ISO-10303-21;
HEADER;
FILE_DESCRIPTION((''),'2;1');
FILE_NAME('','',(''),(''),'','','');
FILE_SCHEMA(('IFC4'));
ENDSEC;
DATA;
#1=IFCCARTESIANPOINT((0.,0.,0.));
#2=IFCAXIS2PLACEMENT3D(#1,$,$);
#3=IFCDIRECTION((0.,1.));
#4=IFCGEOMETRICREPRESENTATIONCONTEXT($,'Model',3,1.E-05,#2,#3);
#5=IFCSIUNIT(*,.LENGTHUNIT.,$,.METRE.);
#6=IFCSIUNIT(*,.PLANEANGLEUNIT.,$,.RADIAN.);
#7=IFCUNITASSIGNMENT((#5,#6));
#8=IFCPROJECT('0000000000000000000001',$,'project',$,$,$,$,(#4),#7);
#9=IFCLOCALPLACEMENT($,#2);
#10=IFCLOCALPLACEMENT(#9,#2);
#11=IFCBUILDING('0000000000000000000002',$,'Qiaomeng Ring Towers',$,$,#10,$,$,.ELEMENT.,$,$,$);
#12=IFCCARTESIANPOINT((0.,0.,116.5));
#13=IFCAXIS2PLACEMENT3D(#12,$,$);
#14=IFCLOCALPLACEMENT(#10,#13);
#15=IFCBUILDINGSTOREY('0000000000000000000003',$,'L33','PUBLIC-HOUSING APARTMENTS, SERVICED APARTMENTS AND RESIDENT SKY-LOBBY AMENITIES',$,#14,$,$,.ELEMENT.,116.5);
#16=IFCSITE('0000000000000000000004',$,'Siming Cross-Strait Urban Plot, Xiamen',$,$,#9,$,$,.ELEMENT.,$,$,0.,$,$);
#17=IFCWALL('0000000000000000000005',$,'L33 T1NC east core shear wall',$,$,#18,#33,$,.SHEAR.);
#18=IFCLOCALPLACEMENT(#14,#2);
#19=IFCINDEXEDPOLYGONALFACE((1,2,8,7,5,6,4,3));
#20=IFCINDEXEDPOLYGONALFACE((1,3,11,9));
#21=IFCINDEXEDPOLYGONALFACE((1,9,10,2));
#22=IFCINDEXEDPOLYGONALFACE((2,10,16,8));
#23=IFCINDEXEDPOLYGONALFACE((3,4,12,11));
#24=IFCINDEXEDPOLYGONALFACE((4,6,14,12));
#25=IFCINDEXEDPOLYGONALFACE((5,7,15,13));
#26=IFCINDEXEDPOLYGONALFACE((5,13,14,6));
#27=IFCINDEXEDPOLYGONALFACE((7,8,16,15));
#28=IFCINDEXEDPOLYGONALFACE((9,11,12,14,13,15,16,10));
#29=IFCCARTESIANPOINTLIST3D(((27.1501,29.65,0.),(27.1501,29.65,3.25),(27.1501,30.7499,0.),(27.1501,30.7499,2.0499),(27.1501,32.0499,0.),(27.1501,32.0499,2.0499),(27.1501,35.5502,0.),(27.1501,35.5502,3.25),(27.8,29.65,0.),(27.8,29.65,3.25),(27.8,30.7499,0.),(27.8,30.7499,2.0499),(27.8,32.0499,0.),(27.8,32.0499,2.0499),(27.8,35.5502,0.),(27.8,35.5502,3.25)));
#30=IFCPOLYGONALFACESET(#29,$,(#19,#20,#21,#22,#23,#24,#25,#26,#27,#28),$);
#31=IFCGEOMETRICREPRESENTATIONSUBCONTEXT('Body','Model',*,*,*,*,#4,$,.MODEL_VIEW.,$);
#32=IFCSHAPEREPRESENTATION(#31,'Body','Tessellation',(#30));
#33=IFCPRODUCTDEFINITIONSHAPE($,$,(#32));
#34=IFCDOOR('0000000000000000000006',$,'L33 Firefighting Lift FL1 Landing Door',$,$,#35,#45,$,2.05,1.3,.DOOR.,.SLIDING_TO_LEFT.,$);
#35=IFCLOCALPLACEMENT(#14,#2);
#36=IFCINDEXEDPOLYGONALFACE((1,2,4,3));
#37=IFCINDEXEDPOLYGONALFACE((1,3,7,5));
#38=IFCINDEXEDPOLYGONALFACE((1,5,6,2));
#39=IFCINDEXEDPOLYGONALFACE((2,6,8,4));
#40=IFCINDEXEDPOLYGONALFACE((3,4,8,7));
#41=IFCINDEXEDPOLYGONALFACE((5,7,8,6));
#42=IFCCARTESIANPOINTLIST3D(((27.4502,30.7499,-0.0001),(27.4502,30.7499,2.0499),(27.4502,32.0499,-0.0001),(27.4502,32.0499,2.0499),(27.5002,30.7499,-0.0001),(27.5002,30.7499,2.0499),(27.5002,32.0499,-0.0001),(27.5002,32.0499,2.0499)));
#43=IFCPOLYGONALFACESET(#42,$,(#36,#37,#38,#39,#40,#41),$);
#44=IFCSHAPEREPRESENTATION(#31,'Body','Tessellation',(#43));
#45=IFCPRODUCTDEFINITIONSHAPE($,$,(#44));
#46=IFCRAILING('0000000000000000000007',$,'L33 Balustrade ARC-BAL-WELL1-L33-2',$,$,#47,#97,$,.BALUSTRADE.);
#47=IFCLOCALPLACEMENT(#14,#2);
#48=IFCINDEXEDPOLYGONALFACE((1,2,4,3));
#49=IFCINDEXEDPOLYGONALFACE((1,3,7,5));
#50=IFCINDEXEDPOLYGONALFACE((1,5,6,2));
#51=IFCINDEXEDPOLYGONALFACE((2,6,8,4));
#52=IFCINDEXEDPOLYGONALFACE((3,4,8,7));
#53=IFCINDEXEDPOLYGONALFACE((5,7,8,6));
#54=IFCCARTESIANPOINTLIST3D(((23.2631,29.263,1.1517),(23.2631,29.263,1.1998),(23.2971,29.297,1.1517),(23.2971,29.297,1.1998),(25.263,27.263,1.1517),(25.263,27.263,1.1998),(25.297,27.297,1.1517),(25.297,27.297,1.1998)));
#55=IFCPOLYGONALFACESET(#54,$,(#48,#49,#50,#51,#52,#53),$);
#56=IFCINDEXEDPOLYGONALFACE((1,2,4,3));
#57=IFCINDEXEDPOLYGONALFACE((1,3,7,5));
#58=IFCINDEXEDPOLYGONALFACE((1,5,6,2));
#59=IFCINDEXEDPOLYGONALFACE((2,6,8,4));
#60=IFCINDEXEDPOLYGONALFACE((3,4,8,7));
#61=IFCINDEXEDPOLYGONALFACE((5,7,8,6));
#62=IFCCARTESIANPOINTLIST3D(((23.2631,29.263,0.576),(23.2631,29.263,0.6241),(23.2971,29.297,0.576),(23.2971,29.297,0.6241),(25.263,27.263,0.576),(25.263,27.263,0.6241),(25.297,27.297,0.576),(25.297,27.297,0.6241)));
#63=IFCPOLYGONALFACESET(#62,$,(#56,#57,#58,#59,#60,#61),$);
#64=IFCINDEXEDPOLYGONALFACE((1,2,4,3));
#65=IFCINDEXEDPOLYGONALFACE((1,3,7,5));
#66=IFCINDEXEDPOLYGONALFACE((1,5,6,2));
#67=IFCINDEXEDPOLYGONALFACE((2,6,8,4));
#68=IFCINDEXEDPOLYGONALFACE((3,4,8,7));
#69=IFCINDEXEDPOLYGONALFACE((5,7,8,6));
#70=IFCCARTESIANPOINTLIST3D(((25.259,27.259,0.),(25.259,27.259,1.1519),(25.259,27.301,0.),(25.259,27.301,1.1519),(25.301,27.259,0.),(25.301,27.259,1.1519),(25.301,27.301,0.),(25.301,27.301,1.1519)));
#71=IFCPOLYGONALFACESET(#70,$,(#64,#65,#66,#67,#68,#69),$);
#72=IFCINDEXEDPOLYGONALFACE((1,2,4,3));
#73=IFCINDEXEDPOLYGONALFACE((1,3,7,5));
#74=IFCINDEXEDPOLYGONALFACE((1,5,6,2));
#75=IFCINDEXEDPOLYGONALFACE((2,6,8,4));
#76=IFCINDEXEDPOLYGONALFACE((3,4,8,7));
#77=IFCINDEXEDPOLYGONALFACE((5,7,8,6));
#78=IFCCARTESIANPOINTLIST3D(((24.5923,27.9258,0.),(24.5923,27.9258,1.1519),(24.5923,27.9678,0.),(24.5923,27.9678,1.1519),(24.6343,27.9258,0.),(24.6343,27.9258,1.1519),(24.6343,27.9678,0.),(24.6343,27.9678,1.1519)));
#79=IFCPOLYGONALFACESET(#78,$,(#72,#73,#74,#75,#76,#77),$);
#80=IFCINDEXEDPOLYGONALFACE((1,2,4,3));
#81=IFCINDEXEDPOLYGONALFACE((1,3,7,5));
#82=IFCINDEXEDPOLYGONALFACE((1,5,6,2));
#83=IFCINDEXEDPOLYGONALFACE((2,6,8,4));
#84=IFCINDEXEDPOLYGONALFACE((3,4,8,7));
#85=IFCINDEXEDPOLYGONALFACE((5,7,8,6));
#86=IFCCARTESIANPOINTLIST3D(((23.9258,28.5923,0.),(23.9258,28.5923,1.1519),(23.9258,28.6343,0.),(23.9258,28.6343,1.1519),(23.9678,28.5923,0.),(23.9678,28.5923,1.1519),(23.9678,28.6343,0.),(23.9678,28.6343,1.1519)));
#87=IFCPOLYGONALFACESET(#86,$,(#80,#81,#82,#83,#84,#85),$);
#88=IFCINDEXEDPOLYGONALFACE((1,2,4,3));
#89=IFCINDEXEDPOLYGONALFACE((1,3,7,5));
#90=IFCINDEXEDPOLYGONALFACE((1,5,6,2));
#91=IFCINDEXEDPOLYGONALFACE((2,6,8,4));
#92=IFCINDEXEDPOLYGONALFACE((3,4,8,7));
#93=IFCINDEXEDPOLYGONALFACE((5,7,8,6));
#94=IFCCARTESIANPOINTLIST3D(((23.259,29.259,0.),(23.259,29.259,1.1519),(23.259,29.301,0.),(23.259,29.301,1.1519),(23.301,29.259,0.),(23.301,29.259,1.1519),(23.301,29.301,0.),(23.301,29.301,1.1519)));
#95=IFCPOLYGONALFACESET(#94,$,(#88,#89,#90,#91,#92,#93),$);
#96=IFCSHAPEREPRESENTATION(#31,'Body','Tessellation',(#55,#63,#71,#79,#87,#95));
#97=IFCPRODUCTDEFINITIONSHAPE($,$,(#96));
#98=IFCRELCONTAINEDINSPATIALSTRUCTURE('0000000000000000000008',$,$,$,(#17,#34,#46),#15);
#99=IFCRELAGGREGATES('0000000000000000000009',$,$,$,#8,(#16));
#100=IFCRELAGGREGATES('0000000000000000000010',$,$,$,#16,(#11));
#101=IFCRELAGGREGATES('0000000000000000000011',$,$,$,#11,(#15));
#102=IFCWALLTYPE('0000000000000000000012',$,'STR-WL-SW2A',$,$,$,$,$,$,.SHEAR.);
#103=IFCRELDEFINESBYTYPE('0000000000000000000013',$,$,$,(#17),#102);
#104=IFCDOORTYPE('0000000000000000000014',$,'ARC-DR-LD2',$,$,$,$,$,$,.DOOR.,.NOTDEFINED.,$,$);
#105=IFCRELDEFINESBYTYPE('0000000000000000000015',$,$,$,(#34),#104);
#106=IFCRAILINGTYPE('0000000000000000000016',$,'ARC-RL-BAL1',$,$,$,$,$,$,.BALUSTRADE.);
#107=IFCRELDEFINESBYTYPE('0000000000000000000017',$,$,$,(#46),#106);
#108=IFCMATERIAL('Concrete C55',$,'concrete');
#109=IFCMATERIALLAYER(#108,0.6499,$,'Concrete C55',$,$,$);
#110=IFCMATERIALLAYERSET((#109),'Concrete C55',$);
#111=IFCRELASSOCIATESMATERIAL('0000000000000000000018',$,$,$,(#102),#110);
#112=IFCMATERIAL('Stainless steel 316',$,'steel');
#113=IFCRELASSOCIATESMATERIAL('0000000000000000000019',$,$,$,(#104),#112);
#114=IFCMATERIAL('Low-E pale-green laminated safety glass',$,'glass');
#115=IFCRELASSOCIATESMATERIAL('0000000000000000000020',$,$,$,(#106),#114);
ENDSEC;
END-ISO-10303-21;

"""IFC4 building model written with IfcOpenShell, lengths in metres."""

from ifc_helpers import new_model, si_unit, direction, frame, frame_2d, origin, origin_2d, place, context, subcontext, project, spatial, rectangle, extrude, source, transform, mapped, material, layer, layer_set, type_object, element, fill, save


model = new_model("IFC4")

# Units and contexts
model_context = context("Model", 3, precision=1e-05, world=origin(), true_north=direction((0.0, 1.0)))
body_context = subcontext(model_context, "Body", "Model", "MODEL_VIEW")
ifc_project = project(units=[si_unit("LENGTHUNIT", "METRE"), si_unit("PLANEANGLEUNIT", "RADIAN")], contexts=[model_context])

# Site, building, storey
site_placement = place(None, origin())
site = spatial("IfcSite", under=ifc_project, at=site_placement, Name="Siming Cross-Strait Urban Plot, Xiamen", CompositionType="ELEMENT", RefElevation=0.0)
building_placement = place(site_placement, origin())
building = spatial("IfcBuilding", under=site, at=building_placement, Name="Qiaomeng Ring Towers", CompositionType="ELEMENT")
storey_placement = place(building_placement, frame((0.0, 0.0, 116.5)))
storey = spatial("IfcBuildingStorey", under=building, at=storey_placement, Name="L33", Description="PUBLIC-HOUSING APARTMENTS, SERVICED APARTMENTS AND RESIDENT SKY-LOBBY AMENITIES", CompositionType="ELEMENT", Elevation=116.5)

# Shared definitions
ifc_material_1 = material(Name="Concrete C55", Category="concrete")

# Wall, opening, door
ifc_layer_1 = layer(ifc_material_1, 0.6499, Name="Concrete C55")
ifc_layer_set_1 = layer_set([ifc_layer_1], Name="Concrete C55")
wall_type_1 = type_object("IfcWallType", Name="STR-WL-SW2A", PredefinedType="SHEAR", material=ifc_layer_set_1)
wall_1_placement = place(storey_placement, frame((27.4751, 29.6499, 0.0), z_axis=(0.0, 0.0, 1.0), x_axis=(0.0, 1.0, 0.0)))
wall_1 = element("IfcWall", 1, at=wall_1_placement, inside=storey, type_object=wall_type_1, Name="L33 T1NC east core shear wall", PredefinedType="SHEAR", context=body_context, shape_type="SweptSolid", body=[
    extrude(rectangle(XDim=5.9001, YDim=0.6499, at=frame_2d((2.9502, 0.0))), origin(), (0.0, 0.0, 1.0), 3.25),
])
opening_1_placement = place(wall_1_placement, frame((1.1001, 0.0, 0.0)))
opening_1 = element("IfcOpeningElement", 2, at=opening_1_placement, cuts=wall_1, PredefinedType="OPENING", context=body_context, shape_type="SweptSolid", body=[
    extrude(rectangle(XDim=1.3, YDim=2.05, at=frame_2d((0.6499, 1.0249))), frame((0.0, 0.335, 0.0), z_axis=(0.0, -1.0, 0.0), x_axis=(1.0, 0.0, 0.0)), (0.0, 0.0, 1.0), 0.6699),
])
ifc_material_2 = material(Name="Stainless steel 316", Category="steel")
door_type_1 = type_object("IfcDoorType", Name="ARC-DR-LD2", OperationType="NOTDEFINED", PredefinedType="DOOR", material=ifc_material_2)
shared_shape_1 = source(origin(), body_context, "Body", "SweptSolid", [
    extrude(rectangle(XDim=1.3, YDim=2.05, at=frame_2d((0.6499, 1.0249))), frame((0.0, 0.0249, 0.0), z_axis=(0.0, -1.0, 0.0), x_axis=(1.0, 0.0, 0.0)), (0.0, 0.0, 1.0), 0.05),
])
door_1_placement = place(opening_1_placement, origin())
door_1 = element("IfcDoor", 3, at=door_1_placement, inside=storey, type_object=door_type_1, Name="L33 Firefighting Lift FL1 Landing Door", OperationType="SLIDING_TO_LEFT", OverallHeight=2.05, OverallWidth=1.3, PredefinedType="DOOR", context=body_context, shape_type="MappedRepresentation", body=[
    mapped(shared_shape_1, transform((0.0, 0.0, 0.0), x_axis=(1.0, 0.0, 0.0), y_axis=(0.0, 1.0, 0.0), z_axis=(0.0, 0.0, 1.0), scale=1.0)),
])
fill(opening_1, door_1)

# Railing
ifc_material_3 = material(Name="Low-E pale-green laminated safety glass", Category="glass")
railing_type = type_object("IfcRailingType", Name="ARC-RL-BAL1", PredefinedType="BALUSTRADE", material=ifc_material_3)
railing_placement = place(storey_placement, frame((25.28, 27.28, 0.0)))
element("IfcRailing", 4, at=railing_placement, inside=storey, type_object=railing_type, Name="L33 Balustrade ARC-BAL-WELL1-L33-2", PredefinedType="BALUSTRADE", context=body_context, shape_type="SweptSolid", body=[
    extrude(rectangle(XDim=0.0481, YDim=0.0481, at=origin_2d()), frame((0.0, 0.0, 1.1758), z_axis=(-0.707107, 0.707107, 0.0), x_axis=(-0.707107, -0.707107, 0.0)), (0.0, 0.0, 1.0), 2.8284),
    extrude(rectangle(XDim=0.0481, YDim=0.0481, at=origin_2d()), frame((0.0, 0.0, 0.6001), z_axis=(-0.707107, 0.707107, 0.0), x_axis=(-0.707107, -0.707107, 0.0)), (0.0, 0.0, 1.0), 2.8284),
    extrude(rectangle(XDim=0.042, YDim=0.042, at=origin_2d()), origin(), (0.0, 0.0, 1.0), 1.1519),
    extrude(rectangle(XDim=0.042, YDim=0.042, at=origin_2d()), frame((-0.6667, 0.6667, 0.0)), (0.0, 0.0, 1.0), 1.1519),
    extrude(rectangle(XDim=0.042, YDim=0.042, at=origin_2d()), frame((-1.3333, 1.3333, 0.0)), (0.0, 0.0, 1.0), 1.1519),
    extrude(rectangle(XDim=0.042, YDim=0.042, at=origin_2d()), frame((-2.0, 2.0, 0.0)), (0.0, 0.0, 1.0), 1.1519),
])

save(model, "model.ifc")
